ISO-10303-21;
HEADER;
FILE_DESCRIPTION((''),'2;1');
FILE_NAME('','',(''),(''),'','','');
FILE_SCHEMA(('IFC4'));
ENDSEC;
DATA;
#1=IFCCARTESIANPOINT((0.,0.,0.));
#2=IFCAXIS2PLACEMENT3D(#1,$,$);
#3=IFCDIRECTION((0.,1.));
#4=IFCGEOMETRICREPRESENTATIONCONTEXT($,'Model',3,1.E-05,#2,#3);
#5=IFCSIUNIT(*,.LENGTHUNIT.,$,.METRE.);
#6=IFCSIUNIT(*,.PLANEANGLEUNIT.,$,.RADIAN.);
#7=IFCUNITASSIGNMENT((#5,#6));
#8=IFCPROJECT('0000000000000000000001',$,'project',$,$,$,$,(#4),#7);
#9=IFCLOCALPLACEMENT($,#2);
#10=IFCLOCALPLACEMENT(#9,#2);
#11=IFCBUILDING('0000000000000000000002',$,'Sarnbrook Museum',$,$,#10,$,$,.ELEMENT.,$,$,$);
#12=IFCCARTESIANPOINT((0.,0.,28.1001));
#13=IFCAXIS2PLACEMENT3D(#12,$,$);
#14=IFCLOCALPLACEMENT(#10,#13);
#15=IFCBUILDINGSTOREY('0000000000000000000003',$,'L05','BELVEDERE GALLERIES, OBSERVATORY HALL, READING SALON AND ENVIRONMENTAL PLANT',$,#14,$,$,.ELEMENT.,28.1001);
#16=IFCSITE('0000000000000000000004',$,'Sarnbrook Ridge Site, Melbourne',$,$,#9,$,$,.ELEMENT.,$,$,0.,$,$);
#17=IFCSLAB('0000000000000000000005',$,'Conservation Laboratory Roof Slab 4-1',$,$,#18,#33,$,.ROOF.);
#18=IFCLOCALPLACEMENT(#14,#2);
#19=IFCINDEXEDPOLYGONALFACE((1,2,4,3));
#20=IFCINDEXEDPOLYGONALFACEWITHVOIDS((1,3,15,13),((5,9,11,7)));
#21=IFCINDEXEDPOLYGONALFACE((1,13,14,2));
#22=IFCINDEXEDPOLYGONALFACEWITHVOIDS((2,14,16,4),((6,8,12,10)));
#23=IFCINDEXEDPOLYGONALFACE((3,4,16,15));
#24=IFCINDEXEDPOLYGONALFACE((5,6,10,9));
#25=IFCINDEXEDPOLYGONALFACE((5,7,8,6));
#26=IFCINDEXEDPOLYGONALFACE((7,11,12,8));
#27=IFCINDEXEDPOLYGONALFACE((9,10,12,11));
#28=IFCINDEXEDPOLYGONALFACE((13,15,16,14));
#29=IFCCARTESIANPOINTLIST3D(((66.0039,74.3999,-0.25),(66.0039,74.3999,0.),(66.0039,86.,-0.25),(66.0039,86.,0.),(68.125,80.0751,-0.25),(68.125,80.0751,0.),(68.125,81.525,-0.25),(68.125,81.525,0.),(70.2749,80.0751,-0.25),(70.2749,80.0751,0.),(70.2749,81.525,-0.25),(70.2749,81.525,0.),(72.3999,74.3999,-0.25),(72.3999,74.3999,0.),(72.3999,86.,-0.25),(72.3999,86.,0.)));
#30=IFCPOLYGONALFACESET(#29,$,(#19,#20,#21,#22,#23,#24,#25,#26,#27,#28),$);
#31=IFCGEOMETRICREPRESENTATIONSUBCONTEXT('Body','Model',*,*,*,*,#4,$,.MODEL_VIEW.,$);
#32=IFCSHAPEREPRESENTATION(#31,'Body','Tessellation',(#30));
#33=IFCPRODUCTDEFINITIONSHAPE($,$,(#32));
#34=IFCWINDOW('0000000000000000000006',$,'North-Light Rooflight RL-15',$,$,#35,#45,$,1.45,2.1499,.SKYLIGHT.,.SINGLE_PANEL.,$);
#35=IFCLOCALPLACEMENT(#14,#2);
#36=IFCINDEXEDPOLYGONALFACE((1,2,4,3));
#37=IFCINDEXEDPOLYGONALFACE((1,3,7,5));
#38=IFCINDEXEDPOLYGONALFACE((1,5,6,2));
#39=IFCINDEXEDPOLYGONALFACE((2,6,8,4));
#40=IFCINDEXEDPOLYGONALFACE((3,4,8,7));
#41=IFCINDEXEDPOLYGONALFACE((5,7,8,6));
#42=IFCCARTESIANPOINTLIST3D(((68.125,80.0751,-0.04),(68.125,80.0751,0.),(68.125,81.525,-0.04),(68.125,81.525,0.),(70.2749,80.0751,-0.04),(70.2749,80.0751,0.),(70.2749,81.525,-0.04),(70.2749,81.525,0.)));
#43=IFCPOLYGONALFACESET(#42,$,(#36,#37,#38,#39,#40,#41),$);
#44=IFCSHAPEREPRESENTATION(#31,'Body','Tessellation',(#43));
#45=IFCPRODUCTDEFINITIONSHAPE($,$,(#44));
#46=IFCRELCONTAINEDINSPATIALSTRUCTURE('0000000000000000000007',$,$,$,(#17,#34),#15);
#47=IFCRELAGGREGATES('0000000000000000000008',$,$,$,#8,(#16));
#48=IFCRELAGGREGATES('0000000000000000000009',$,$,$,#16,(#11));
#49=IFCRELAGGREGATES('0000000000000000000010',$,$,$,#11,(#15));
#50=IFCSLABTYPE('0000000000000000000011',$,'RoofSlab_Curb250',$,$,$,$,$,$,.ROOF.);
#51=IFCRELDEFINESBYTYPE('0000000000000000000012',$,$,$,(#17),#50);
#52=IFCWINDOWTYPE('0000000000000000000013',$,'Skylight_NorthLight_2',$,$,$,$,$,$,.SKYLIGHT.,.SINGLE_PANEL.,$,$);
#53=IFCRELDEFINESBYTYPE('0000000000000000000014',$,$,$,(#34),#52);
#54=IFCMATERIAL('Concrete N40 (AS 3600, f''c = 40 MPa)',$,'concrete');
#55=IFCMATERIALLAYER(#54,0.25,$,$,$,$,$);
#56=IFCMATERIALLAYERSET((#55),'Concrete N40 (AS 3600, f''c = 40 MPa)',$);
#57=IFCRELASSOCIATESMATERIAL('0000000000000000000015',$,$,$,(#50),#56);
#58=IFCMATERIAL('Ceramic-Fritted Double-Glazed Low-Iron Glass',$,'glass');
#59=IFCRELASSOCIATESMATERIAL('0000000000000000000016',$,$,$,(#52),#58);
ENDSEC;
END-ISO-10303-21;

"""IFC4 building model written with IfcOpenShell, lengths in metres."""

from ifc_helpers import new_model, si_unit, direction, frame, origin, origin_2d, place, context, subcontext, project, spatial, polyline, rectangle, outline, extrude, material, layer, layer_set, type_object, element, fill, save


model = new_model("IFC4")

# Units and contexts
model_context = context("Model", 3, precision=1e-05, world=origin(), true_north=direction((0.0, 1.0)))
body_context = subcontext(model_context, "Body", "Model", "MODEL_VIEW")
ifc_project = project(units=[si_unit("LENGTHUNIT", "METRE"), si_unit("PLANEANGLEUNIT", "RADIAN")], contexts=[model_context])

# Site, building, storey
site_placement = place(None, origin())
site = spatial("IfcSite", under=ifc_project, at=site_placement, Name="Sarnbrook Ridge Site, Melbourne", CompositionType="ELEMENT", RefElevation=0.0)
building_placement = place(site_placement, origin())
building = spatial("IfcBuilding", under=site, at=building_placement, Name="Sarnbrook Museum", CompositionType="ELEMENT")
storey_placement = place(building_placement, frame((0.0, 0.0, 28.1001)))
storey = spatial("IfcBuildingStorey", under=building, at=storey_placement, Name="L05", Description="BELVEDERE GALLERIES, OBSERVATORY HALL, READING SALON AND ENVIRONMENTAL PLANT", CompositionType="ELEMENT", Elevation=28.1001)

# Shared definitions
ifc_material_1 = material(Name="Concrete N40 (AS 3600, f'c = 40 MPa)", Category="concrete")
ifc_layer = layer(ifc_material_1, 0.25)
ifc_layer_set = layer_set([ifc_layer], Name="Concrete N40 (AS 3600, f'c = 40 MPa)")
slab_type = type_object("IfcSlabType", Name="RoofSlab_Curb250", PredefinedType="ROOF", material=ifc_layer_set)

# Slab, opening, window
ifc_material_2 = material(Name="Ceramic-Fritted Double-Glazed Low-Iron Glass", Category="glass")
window_type = type_object("IfcWindowType", Name="Skylight_NorthLight_2", PartitioningType="SINGLE_PANEL", PredefinedType="SKYLIGHT", material=ifc_material_2)
slab_1_placement = place(storey_placement, frame((0.0, 0.0, -0.25)))
slab_1 = element("IfcSlab", 1, at=slab_1_placement, inside=storey, type_object=slab_type, Name="Conservation Laboratory Roof Slab 4-1", PredefinedType="ROOF", context=body_context, shape_type="SweptSolid", body=[
    extrude(outline(polyline([(72.3999, 86.0), (72.3999, 74.3999), (66.0039, 74.3999), (66.0039, 86.0), (72.3999, 86.0)])), origin(), (0.0, 0.0, 1.0), 0.25),
])
opening_1_placement = place(slab_1_placement, frame((69.2, 80.8, -0.01)))
opening_1 = element("IfcOpeningElement", 2, at=opening_1_placement, cuts=slab_1, PredefinedType="OPENING", context=body_context, shape_type="SweptSolid", body=[
    extrude(rectangle(XDim=2.1499, YDim=1.45, at=origin_2d()), origin(), (0.0, 0.0, 1.0), 0.27),
])
window_1_placement = place(opening_1_placement, frame((0.0, 0.0, 0.22)))
window_1 = element("IfcWindow", 3, at=window_1_placement, inside=storey, type_object=window_type, Name="North-Light Rooflight RL-15", OverallHeight=1.45, OverallWidth=2.1499, PartitioningType="SINGLE_PANEL", PredefinedType="SKYLIGHT", context=body_context, shape_type="SweptSolid", body=[
    extrude(rectangle(XDim=2.1499, YDim=1.45, at=origin_2d()), origin(), (0.0, 0.0, 1.0), 0.04),
])
fill(opening_1, window_1)

save(model, "model.ifc")
